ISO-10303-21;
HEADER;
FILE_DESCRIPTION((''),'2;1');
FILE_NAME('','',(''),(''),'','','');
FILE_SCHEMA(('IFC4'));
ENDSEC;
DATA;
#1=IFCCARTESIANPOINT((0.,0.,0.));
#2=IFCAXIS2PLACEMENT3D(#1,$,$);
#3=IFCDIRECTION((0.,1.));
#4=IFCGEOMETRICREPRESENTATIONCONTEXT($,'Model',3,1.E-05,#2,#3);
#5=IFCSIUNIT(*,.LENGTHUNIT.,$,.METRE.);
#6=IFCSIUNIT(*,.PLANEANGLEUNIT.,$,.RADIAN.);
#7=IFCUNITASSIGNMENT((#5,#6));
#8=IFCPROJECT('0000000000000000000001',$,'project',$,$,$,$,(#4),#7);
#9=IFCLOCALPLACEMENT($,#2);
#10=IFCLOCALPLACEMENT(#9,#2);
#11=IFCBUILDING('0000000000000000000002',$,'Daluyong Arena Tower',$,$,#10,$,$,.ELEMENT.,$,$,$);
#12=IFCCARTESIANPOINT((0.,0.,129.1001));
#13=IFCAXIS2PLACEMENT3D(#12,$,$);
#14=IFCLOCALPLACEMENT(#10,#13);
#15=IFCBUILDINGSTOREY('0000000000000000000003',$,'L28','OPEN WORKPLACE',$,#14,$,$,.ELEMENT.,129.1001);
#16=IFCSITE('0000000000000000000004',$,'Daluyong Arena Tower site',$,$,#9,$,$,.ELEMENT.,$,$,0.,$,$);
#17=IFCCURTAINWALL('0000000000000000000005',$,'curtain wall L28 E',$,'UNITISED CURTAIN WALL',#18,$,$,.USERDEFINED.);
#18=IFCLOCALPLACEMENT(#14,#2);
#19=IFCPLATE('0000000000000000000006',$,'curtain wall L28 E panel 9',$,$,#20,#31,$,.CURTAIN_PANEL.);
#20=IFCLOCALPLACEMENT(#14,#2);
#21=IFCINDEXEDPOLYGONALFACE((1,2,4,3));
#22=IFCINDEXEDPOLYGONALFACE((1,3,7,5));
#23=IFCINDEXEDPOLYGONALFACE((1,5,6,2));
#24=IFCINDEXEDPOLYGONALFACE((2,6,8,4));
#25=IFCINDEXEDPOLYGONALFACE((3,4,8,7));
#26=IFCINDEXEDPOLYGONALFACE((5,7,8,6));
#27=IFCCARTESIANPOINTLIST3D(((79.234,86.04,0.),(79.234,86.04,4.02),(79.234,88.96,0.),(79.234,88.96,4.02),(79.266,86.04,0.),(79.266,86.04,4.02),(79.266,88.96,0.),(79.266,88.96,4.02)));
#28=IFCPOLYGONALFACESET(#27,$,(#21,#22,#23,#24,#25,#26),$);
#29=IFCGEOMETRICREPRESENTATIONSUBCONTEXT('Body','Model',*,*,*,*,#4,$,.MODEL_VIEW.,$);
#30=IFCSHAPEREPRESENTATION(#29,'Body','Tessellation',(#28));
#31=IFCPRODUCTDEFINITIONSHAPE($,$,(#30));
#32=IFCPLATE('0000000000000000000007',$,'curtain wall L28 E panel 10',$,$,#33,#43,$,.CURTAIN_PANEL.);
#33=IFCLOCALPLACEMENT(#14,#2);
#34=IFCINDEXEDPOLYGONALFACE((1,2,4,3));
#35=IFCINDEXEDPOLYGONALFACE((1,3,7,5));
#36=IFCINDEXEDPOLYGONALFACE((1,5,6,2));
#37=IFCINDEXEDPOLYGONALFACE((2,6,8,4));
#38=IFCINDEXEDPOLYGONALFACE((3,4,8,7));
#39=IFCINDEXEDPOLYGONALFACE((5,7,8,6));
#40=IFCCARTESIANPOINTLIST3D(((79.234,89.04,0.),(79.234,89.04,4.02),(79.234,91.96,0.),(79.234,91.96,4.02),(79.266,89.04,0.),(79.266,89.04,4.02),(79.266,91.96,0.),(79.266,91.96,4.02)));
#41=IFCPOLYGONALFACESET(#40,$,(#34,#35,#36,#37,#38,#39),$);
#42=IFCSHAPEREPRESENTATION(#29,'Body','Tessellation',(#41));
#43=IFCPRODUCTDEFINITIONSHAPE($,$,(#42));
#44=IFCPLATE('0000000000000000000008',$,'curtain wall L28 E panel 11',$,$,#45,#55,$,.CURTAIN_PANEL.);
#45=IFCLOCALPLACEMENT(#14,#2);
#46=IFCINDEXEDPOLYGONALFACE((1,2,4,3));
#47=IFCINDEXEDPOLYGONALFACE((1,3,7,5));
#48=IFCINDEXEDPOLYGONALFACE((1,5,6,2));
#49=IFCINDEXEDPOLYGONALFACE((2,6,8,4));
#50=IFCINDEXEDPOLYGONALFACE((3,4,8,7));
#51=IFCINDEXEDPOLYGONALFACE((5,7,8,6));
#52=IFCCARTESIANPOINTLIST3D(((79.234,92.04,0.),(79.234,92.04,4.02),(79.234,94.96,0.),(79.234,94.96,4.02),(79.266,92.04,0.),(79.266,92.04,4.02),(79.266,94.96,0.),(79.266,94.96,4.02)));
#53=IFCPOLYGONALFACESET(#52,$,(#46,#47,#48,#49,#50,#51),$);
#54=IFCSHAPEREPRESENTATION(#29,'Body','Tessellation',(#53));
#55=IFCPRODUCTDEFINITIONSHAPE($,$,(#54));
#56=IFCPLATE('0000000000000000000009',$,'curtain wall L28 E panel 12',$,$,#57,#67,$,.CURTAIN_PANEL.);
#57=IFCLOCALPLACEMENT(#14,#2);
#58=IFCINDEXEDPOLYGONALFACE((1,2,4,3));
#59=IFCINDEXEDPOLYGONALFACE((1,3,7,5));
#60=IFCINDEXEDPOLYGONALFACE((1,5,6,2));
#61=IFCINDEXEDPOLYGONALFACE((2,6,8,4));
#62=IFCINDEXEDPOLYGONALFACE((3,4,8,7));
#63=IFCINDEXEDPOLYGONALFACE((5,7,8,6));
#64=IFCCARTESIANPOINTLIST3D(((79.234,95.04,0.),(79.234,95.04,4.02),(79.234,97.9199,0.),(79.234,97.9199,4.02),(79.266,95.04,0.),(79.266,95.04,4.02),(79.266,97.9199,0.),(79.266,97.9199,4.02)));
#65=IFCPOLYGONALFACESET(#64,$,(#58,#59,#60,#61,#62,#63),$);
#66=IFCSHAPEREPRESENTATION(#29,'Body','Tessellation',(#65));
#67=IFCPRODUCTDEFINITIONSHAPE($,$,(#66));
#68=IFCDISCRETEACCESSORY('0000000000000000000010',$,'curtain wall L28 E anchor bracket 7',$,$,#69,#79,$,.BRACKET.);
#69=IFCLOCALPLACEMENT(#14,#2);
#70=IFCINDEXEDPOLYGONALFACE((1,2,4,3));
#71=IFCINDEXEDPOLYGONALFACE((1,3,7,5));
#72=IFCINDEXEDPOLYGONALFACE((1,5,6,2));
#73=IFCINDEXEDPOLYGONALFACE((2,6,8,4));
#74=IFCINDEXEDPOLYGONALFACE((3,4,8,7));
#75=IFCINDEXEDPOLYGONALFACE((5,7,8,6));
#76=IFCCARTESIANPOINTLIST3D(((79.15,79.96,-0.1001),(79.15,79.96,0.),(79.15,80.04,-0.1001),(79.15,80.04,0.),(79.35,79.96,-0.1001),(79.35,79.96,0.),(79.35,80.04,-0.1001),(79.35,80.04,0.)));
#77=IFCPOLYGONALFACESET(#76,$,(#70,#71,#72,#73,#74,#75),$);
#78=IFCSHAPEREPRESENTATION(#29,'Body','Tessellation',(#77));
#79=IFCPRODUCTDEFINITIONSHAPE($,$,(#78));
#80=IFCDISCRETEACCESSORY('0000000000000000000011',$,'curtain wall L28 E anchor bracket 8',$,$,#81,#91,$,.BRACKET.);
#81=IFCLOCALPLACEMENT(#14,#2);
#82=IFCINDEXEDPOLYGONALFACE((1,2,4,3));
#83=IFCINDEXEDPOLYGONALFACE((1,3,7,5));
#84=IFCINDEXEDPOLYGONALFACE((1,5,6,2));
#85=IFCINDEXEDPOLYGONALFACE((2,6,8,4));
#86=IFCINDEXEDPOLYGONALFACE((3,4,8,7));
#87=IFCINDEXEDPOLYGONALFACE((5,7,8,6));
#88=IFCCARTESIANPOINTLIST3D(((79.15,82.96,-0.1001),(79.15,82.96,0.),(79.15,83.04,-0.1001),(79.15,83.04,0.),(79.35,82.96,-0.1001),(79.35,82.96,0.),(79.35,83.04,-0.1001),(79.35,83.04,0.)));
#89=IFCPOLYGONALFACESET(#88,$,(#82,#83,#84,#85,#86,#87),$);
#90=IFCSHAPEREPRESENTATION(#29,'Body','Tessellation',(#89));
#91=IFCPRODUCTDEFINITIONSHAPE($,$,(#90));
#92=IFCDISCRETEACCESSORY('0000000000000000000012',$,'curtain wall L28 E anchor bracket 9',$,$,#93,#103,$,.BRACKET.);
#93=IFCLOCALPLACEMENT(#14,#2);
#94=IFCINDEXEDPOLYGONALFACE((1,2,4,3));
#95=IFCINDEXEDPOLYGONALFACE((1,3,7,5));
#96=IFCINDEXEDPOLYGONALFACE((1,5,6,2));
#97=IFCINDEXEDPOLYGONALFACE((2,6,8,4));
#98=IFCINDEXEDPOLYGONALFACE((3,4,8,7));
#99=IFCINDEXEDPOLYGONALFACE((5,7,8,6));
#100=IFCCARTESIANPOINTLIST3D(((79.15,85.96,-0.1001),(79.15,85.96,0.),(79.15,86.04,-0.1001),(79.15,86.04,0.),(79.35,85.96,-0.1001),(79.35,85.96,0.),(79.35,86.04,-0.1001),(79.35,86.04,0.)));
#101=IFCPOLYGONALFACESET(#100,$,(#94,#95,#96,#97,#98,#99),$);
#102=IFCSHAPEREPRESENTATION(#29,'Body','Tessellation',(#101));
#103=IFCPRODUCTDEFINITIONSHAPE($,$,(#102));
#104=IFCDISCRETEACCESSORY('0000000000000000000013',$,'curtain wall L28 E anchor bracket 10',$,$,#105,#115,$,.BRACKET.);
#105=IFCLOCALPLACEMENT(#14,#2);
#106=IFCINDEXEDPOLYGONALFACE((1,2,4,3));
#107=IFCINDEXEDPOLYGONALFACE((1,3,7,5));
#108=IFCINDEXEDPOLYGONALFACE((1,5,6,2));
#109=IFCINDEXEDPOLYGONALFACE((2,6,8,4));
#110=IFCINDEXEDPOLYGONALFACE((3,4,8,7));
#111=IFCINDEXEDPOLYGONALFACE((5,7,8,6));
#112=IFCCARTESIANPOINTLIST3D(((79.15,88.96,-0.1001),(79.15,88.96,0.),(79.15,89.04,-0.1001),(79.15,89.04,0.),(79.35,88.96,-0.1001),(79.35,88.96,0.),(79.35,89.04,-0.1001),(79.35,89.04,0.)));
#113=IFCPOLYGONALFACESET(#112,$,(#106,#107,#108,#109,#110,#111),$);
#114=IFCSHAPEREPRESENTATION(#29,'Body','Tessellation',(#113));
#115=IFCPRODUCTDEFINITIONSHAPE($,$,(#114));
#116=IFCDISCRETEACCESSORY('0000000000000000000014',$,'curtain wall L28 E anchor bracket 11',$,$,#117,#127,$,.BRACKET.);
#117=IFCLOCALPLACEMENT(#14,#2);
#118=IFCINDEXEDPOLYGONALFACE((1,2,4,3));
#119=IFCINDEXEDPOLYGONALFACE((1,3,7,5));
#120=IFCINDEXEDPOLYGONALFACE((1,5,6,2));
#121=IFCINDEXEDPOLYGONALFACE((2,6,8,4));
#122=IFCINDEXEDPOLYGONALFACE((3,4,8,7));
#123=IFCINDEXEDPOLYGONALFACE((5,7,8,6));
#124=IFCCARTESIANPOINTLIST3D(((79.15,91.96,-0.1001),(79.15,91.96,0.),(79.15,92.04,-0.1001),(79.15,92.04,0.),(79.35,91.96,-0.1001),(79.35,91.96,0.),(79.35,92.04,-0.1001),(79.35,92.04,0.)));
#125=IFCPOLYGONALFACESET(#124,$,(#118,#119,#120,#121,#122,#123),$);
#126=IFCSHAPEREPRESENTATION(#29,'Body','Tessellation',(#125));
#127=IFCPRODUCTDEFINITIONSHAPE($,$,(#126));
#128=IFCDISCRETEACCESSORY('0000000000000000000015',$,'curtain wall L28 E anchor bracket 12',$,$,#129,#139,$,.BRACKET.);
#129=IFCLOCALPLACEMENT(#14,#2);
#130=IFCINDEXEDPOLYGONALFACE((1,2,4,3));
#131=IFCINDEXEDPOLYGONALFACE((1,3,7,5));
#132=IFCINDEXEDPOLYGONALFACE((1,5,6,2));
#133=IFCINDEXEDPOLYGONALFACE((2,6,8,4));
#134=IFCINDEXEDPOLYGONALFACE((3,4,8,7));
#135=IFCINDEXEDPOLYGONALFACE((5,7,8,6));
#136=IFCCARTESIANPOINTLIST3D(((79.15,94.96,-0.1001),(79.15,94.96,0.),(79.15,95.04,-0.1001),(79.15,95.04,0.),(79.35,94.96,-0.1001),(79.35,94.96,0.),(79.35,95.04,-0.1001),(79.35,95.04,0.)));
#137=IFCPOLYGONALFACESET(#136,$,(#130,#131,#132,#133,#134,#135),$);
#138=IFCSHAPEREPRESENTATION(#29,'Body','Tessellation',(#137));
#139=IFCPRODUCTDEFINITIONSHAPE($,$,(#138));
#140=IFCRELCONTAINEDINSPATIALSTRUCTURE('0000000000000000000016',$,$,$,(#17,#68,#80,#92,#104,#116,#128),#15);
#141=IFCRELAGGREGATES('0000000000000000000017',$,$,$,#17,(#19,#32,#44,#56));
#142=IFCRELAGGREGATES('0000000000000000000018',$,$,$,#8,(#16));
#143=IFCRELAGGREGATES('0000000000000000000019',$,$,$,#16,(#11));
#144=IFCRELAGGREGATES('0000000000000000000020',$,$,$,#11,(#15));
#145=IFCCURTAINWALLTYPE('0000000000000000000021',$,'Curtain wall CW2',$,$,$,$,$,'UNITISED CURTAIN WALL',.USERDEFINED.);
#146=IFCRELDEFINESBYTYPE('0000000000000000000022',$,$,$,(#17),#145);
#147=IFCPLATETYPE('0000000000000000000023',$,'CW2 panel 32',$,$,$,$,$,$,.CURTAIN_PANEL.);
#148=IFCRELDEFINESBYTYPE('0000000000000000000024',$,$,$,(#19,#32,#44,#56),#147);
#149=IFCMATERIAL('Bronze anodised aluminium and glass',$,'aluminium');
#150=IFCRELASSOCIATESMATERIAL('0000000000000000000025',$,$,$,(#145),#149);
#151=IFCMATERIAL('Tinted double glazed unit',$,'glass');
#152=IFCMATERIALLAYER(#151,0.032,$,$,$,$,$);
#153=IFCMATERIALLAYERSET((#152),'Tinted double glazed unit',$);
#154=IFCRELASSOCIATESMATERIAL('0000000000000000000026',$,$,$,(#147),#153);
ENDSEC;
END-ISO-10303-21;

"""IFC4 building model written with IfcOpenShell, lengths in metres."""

from ifc_helpers import new_model, si_unit, direction, frame, origin, origin_2d, place, context, subcontext, project, spatial, rectangle, extrude, material, layer, layer_set, type_object, element, aggregate, save


model = new_model("IFC4")

# Units and contexts
model_context = context("Model", 3, precision=1e-05, world=origin(), true_north=direction((0.0, 1.0)))
body_context = subcontext(model_context, "Body", "Model", "MODEL_VIEW")
ifc_project = project(units=[si_unit("LENGTHUNIT", "METRE"), si_unit("PLANEANGLEUNIT", "RADIAN")], contexts=[model_context])

# Site, building, storey
site_placement = place(None, origin())
site = spatial("IfcSite", under=ifc_project, at=site_placement, Name="Daluyong Arena Tower site", CompositionType="ELEMENT", RefElevation=0.0)
building_placement = place(site_placement, origin())
building = spatial("IfcBuilding", under=site, at=building_placement, Name="Daluyong Arena Tower", CompositionType="ELEMENT")
storey_placement = place(building_placement, frame((0.0, 0.0, 129.1001)))
storey = spatial("IfcBuildingStorey", under=building, at=storey_placement, Name="L28", Description="OPEN WORKPLACE", CompositionType="ELEMENT", Elevation=129.1001)

# Curtain wall
ifc_material_1 = material(Name="Bronze anodised aluminium and glass", Category="aluminium")
curtain_wall_type = type_object("IfcCurtainWallType", Name="Curtain wall CW2", ElementType="UNITISED CURTAIN WALL", PredefinedType="USERDEFINED", material=ifc_material_1)
curtain_wall_placement = place(storey_placement, origin())
curtain_wall = element("IfcCurtainWall", 1, at=curtain_wall_placement, inside=storey, type_object=curtain_wall_type, Name="curtain wall L28 E", ObjectType="UNITISED CURTAIN WALL", PredefinedType="USERDEFINED")

# Plates
ifc_material_2 = material(Name="Tinted double glazed unit", Category="glass")
ifc_layer = layer(ifc_material_2, 0.032)
ifc_layer_set = layer_set([ifc_layer], Name="Tinted double glazed unit")
plate_type = type_object("IfcPlateType", Name="CW2 panel 32", PredefinedType="CURTAIN_PANEL", material=ifc_layer_set)
plate_1_placement = place(storey_placement, frame((79.25, 87.5, 0.0), z_axis=(0.0, 0.0, 1.0), x_axis=(0.0, 1.0, 0.0)))
plate_1 = element("IfcPlate", 2, at=plate_1_placement, type_object=plate_type, Name="curtain wall L28 E panel 9", PredefinedType="CURTAIN_PANEL", context=body_context, shape_type="SweptSolid", body=[
    extrude(rectangle(XDim=2.9199, YDim=0.032, at=origin_2d()), origin(), (0.0, 0.0, 1.0), 4.02),
])
plate_2_placement = place(storey_placement, frame((79.25, 90.5, 0.0), z_axis=(0.0, 0.0, 1.0), x_axis=(0.0, 1.0, 0.0)))
plate_2 = element("IfcPlate", 3, at=plate_2_placement, type_object=plate_type, Name="curtain wall L28 E panel 10", PredefinedType="CURTAIN_PANEL", context=body_context, shape_type="SweptSolid", body=[
    extrude(rectangle(XDim=2.9199, YDim=0.032, at=origin_2d()), origin(), (0.0, 0.0, 1.0), 4.02),
])
plate_3_placement = place(storey_placement, frame((79.25, 93.5, 0.0), z_axis=(0.0, 0.0, 1.0), x_axis=(0.0, 1.0, 0.0)))
plate_3 = element("IfcPlate", 4, at=plate_3_placement, type_object=plate_type, Name="curtain wall L28 E panel 11", PredefinedType="CURTAIN_PANEL", context=body_context, shape_type="SweptSolid", body=[
    extrude(rectangle(XDim=2.9199, YDim=0.032, at=origin_2d()), origin(), (0.0, 0.0, 1.0), 4.02),
])
plate_4_placement = place(storey_placement, frame((79.25, 96.48, 0.0), z_axis=(0.0, 0.0, 1.0), x_axis=(0.0, 1.0, 0.0)))
plate_4 = element("IfcPlate", 5, at=plate_4_placement, type_object=plate_type, Name="curtain wall L28 E panel 12", PredefinedType="CURTAIN_PANEL", context=body_context, shape_type="SweptSolid", body=[
    extrude(rectangle(XDim=2.8799, YDim=0.032, at=origin_2d()), origin(), (0.0, 0.0, 1.0), 4.02),
])
aggregate(curtain_wall, [plate_1, plate_2, plate_3, plate_4])

# Discrete accessories
for number, where, z_axis, x_axis, name in (
    (6, (79.25, 80.0, -0.1001), (0.0, 0.0, 1.0), (0.0, 1.0, 0.0), "curtain wall L28 E anchor bracket 7"),
    (7, (79.25, 83.0, -0.1001), (0.0, 0.0, 1.0), (0.0, 1.0, 0.0), "curtain wall L28 E anchor bracket 8"),
    (8, (79.25, 86.0, -0.1001), (0.0, 0.0, 1.0), (0.0, 1.0, 0.0), "curtain wall L28 E anchor bracket 9"),
    (9, (79.25, 89.0, -0.1001), (0.0, 0.0, 1.0), (0.0, 1.0, 0.0), "curtain wall L28 E anchor bracket 10"),
    (10, (79.25, 92.0, -0.1001), (0.0, 0.0, 1.0), (0.0, 1.0, 0.0), "curtain wall L28 E anchor bracket 11"),
    (11, (79.25, 95.0, -0.1001), (0.0, 0.0, 1.0), (0.0, 1.0, 0.0), "curtain wall L28 E anchor bracket 12"),
):
    element("IfcDiscreteAccessory", number, at=place(storey_placement, frame(where, z_axis=z_axis, x_axis=x_axis)), inside=storey, Name=name, PredefinedType="BRACKET", context=body_context, shape_type="SweptSolid", body=[
        extrude(rectangle(XDim=0.0801, YDim=0.2, at=origin_2d()), origin(), (0.0, 0.0, 1.0), 0.1001),
    ])

save(model, "model.ifc")
